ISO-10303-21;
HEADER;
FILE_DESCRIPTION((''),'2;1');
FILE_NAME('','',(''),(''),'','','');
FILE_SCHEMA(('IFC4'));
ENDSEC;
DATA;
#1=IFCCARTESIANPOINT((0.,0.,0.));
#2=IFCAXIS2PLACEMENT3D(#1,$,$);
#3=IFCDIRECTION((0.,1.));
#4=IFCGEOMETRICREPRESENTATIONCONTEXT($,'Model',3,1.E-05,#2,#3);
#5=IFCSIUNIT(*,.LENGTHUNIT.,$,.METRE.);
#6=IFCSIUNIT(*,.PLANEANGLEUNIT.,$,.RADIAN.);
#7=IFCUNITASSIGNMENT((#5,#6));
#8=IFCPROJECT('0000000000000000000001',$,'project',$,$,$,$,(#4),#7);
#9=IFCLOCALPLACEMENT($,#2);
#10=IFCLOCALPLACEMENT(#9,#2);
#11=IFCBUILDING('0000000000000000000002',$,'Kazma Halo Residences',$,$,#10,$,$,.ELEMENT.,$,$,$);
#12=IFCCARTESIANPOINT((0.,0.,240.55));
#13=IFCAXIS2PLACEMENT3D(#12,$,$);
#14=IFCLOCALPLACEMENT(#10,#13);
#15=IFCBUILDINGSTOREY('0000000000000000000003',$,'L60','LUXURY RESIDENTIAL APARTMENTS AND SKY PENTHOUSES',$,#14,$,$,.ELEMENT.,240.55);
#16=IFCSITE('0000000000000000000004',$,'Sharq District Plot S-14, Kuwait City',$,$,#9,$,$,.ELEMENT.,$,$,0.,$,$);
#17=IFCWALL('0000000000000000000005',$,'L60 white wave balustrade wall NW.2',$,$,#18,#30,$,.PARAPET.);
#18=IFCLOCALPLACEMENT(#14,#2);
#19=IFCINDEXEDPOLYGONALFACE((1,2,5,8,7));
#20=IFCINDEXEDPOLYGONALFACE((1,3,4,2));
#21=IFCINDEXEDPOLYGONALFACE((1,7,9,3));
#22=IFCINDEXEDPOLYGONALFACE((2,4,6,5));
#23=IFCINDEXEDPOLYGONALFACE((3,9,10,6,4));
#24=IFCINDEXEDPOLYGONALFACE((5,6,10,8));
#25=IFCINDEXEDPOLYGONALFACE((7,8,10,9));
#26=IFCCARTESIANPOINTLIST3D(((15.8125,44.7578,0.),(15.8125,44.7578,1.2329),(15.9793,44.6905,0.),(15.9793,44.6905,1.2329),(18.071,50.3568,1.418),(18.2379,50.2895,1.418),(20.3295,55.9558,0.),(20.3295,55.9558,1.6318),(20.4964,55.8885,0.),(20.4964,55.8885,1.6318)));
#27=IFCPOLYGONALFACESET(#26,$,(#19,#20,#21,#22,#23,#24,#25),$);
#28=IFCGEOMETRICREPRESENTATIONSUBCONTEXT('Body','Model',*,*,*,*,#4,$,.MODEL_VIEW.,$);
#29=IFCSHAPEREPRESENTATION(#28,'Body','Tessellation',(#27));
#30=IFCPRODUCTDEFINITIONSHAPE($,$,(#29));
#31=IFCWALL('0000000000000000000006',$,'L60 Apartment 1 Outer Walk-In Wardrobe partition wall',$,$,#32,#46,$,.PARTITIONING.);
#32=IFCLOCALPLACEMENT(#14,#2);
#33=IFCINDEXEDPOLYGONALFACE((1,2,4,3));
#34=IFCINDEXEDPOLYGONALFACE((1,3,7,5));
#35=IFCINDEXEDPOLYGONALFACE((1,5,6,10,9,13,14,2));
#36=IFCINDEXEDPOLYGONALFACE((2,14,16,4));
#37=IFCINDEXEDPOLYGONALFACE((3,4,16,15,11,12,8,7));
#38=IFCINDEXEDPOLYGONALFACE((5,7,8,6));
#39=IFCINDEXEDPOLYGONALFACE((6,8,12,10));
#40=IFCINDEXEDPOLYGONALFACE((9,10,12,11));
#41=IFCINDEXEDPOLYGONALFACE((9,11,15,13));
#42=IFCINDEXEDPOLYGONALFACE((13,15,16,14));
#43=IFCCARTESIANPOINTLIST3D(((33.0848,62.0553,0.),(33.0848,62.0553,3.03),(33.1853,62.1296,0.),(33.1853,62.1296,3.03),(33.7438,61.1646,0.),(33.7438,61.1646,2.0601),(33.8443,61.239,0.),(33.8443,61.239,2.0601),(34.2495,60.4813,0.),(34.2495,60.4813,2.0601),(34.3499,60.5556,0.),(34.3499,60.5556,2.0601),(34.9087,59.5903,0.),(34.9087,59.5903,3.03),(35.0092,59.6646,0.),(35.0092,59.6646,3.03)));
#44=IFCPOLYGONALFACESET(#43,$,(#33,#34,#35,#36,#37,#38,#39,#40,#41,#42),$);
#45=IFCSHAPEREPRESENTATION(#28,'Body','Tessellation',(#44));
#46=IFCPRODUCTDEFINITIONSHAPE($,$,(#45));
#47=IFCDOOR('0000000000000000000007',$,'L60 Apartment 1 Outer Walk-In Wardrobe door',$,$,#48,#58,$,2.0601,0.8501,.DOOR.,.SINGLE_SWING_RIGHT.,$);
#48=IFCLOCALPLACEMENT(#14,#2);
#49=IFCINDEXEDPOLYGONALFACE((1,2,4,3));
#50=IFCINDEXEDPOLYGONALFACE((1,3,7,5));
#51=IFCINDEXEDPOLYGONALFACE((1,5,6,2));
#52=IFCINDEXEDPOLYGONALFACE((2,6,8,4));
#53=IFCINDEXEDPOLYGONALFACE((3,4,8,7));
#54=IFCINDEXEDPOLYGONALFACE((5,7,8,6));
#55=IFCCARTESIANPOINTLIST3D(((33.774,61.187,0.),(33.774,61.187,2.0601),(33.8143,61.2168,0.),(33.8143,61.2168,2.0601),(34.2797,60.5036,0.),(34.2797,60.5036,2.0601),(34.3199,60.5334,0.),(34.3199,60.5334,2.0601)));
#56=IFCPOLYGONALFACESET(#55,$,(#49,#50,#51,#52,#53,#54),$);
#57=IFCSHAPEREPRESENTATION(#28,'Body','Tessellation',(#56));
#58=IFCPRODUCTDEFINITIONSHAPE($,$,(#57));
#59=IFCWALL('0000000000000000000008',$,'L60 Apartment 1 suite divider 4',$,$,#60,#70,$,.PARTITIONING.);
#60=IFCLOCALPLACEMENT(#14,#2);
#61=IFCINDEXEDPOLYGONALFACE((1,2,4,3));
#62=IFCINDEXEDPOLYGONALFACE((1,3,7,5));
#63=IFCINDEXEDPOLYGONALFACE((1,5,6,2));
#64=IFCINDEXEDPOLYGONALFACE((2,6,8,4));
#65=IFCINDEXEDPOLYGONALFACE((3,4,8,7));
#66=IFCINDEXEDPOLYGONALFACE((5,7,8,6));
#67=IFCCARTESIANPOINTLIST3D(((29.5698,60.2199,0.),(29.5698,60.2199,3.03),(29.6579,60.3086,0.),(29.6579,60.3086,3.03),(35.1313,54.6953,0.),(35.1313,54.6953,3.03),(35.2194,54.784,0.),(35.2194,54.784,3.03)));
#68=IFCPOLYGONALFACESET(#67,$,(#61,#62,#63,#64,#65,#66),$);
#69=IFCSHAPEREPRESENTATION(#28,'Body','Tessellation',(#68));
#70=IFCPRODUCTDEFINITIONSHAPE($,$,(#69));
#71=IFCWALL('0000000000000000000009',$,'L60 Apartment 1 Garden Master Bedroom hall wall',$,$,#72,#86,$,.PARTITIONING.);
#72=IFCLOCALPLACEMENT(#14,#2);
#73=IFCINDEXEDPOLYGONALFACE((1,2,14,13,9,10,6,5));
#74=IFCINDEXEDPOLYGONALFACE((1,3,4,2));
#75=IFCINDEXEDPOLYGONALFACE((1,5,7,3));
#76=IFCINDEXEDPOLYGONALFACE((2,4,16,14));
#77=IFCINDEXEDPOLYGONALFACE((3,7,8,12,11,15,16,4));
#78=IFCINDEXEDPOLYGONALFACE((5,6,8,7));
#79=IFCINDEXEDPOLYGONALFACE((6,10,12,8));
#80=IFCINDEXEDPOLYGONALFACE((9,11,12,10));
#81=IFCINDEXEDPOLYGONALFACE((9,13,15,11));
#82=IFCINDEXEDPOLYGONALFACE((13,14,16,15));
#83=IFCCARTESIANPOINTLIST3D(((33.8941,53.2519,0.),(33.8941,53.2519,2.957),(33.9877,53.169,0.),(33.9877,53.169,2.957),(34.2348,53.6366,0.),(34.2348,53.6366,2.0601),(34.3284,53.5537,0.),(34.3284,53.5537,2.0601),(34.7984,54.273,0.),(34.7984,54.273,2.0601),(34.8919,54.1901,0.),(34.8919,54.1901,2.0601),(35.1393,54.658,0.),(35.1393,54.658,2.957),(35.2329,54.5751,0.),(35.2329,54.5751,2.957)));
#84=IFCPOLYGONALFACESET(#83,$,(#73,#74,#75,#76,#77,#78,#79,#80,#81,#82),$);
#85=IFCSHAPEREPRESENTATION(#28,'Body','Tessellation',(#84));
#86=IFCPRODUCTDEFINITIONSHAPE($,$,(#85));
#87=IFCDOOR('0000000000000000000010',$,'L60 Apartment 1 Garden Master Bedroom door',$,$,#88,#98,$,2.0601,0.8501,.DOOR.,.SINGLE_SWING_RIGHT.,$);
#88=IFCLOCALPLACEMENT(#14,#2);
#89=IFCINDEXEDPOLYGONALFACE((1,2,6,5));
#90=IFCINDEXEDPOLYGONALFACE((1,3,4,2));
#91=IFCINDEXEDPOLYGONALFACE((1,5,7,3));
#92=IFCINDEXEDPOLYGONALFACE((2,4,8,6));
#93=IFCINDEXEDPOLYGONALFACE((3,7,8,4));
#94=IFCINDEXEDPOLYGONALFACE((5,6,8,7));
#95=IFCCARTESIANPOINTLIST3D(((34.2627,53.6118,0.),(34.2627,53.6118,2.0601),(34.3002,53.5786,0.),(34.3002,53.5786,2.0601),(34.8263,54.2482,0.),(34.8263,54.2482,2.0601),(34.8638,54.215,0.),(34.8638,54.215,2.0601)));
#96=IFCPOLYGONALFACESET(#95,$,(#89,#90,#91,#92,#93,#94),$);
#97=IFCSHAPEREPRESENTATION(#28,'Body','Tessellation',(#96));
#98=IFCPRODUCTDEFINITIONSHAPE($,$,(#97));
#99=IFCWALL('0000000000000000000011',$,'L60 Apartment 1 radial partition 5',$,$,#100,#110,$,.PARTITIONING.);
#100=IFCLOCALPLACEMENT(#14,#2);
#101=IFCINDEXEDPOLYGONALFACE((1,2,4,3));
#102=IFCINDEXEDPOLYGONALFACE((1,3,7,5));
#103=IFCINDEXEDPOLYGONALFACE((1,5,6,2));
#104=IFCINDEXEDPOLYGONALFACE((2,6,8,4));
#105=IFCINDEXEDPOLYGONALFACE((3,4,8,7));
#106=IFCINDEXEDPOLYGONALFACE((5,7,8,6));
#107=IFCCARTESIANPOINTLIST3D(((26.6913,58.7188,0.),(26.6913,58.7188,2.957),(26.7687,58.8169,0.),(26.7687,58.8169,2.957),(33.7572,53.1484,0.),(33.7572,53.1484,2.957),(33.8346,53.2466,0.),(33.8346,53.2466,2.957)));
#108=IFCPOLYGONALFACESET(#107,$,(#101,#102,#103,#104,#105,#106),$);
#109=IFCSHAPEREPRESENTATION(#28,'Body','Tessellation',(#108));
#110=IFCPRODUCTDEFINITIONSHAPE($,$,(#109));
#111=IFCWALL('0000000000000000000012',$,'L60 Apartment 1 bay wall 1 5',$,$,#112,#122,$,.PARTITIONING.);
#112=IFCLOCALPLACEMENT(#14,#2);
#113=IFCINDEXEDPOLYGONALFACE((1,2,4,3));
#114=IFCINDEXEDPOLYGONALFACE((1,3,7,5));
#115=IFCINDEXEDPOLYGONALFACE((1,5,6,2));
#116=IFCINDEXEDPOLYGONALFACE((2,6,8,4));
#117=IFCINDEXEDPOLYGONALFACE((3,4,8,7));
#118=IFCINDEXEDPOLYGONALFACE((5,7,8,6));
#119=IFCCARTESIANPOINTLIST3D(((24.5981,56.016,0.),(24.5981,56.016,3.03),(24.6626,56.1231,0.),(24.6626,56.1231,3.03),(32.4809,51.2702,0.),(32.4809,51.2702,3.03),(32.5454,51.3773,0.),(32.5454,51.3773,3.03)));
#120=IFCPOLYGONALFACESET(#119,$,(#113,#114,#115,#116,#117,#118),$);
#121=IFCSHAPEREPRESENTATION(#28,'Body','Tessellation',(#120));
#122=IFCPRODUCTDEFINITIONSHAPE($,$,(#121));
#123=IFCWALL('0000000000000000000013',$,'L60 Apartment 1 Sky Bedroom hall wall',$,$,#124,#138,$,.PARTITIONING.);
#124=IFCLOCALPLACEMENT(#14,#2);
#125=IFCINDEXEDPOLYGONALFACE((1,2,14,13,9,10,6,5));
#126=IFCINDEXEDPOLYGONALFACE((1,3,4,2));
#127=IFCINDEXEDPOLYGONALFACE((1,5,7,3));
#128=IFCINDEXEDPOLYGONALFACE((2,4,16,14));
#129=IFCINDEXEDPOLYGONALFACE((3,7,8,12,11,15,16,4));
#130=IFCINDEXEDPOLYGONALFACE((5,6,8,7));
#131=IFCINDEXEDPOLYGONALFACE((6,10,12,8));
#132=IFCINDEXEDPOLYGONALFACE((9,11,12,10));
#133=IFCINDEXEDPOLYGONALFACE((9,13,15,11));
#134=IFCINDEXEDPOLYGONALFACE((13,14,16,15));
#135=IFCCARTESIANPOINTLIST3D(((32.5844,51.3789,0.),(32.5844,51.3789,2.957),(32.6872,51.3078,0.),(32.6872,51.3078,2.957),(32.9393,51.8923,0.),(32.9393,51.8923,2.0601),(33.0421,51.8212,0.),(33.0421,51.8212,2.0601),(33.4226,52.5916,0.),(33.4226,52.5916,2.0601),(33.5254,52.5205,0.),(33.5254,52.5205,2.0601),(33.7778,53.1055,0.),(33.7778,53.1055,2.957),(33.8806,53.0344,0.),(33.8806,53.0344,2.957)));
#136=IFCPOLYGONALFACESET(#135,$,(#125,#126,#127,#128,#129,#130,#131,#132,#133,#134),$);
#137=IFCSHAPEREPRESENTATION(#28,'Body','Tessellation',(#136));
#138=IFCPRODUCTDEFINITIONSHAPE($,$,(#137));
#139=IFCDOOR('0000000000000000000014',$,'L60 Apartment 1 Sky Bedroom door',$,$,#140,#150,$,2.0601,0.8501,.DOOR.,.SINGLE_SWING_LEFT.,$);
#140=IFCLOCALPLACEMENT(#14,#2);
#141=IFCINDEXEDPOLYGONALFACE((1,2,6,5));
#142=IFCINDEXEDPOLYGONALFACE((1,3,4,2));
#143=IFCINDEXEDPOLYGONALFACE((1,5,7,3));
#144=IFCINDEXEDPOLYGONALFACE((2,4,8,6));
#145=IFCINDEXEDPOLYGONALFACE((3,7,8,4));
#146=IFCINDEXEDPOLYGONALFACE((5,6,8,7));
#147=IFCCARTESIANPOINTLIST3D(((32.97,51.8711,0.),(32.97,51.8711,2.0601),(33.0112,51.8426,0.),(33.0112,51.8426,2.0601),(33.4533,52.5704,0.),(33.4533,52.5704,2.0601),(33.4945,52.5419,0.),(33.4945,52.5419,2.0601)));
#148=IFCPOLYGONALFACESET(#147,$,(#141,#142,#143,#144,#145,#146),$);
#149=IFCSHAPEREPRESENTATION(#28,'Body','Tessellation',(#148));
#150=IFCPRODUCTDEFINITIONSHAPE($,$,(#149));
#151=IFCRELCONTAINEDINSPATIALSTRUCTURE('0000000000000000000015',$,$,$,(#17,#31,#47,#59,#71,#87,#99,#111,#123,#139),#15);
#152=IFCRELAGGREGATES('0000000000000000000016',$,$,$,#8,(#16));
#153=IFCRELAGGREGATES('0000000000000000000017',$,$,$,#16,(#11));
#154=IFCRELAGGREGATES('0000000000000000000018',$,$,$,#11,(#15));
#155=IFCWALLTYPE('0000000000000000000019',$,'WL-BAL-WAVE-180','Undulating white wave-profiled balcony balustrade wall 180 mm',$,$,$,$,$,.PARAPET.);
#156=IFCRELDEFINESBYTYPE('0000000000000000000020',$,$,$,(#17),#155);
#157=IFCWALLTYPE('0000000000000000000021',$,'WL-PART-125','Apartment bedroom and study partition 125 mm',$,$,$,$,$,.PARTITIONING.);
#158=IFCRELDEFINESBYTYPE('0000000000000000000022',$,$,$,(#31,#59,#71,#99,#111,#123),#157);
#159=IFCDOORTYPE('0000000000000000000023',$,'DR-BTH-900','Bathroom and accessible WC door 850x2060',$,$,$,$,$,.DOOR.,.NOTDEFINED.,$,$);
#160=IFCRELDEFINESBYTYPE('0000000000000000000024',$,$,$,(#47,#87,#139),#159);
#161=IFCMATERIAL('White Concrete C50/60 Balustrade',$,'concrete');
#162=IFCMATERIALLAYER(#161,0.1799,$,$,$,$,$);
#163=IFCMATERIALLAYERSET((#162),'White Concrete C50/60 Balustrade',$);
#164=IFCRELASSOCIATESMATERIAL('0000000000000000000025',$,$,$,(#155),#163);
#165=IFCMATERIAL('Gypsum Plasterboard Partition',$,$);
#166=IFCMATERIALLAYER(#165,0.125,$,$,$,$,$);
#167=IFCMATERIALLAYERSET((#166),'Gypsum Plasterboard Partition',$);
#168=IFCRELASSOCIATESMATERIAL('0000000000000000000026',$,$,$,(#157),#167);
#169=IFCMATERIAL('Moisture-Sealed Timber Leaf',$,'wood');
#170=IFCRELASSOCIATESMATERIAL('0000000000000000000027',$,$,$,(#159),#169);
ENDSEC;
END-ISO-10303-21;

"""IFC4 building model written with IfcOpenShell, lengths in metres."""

from ifc_helpers import new_model, si_unit, direction, frame, frame_2d, origin, place, context, subcontext, project, spatial, polyline, rectangle, outline, extrude, material, layer, layer_set, type_object, element, fill, save


model = new_model("IFC4")

# Units and contexts
model_context = context("Model", 3, precision=1e-05, world=origin(), true_north=direction((0.0, 1.0)))
body_context = subcontext(model_context, "Body", "Model", "MODEL_VIEW")
ifc_project = project(units=[si_unit("LENGTHUNIT", "METRE"), si_unit("PLANEANGLEUNIT", "RADIAN")], contexts=[model_context])

# Site, building, storey
site_placement = place(None, origin())
site = spatial("IfcSite", under=ifc_project, at=site_placement, Name="Sharq District Plot S-14, Kuwait City", CompositionType="ELEMENT", RefElevation=0.0)
building_placement = place(site_placement, origin())
building = spatial("IfcBuilding", under=site, at=building_placement, Name="Kazma Halo Residences", CompositionType="ELEMENT")
storey_placement = place(building_placement, frame((0.0, 0.0, 240.55)))
storey = spatial("IfcBuildingStorey", under=building, at=storey_placement, Name="L60", Description="LUXURY RESIDENTIAL APARTMENTS AND SKY PENTHOUSES", CompositionType="ELEMENT", Elevation=240.55)

# Wall
ifc_material_1 = material(Name="White Concrete C50/60 Balustrade", Category="concrete")
ifc_layer_1 = layer(ifc_material_1, 0.1799)
ifc_layer_set_1 = layer_set([ifc_layer_1], Name="White Concrete C50/60 Balustrade")
wall_type_1 = type_object("IfcWallType", Name="WL-BAL-WAVE-180", Description="Undulating white wave-profiled balcony balustrade wall 180 mm", PredefinedType="PARAPET", material=ifc_layer_set_1)
wall_1_placement = place(storey_placement, frame((20.4131, 55.9221, 0.0), z_axis=(0.0, 0.0, 1.0), x_axis=(-0.374094, -0.927391, 0.0)))
element("IfcWall", 1, at=wall_1_placement, inside=storey, type_object=wall_type_1, Name="L60 white wave balustrade wall NW.2", PredefinedType="PARAPET", context=body_context, shape_type="SweptSolid", body=[
    extrude(outline(polyline([(0.0, 0.0), (12.0747, 0.0), (12.0747, 1.2329), (6.0374, 1.418), (0.0, 1.6318), (0.0, 0.0)])), frame((0.0, 0.0898, 0.0), z_axis=(0.0, -1.0, 0.0), x_axis=(1.0, 0.0, 0.0)), (0.0, 0.0, 1.0), 0.1799),
])

# Wall, opening, door
ifc_material_2 = material(Name="Gypsum Plasterboard Partition")
ifc_layer_2 = layer(ifc_material_2, 0.125)
ifc_layer_set_2 = layer_set([ifc_layer_2], Name="Gypsum Plasterboard Partition")
wall_type_2 = type_object("IfcWallType", Name="WL-PART-125", Description="Apartment bedroom and study partition 125 mm", PredefinedType="PARTITIONING", material=ifc_layer_set_2)
wall_2_placement = place(storey_placement, frame((34.959, 59.6274, 0.0), z_axis=(0.0, 0.0, 1.0), x_axis=(-0.594803, 0.803872, 0.0)))
wall_2 = element("IfcWall", 2, at=wall_2_placement, inside=storey, type_object=wall_type_2, Name="L60 Apartment 1 Outer Walk-In Wardrobe partition wall", PredefinedType="PARTITIONING", context=body_context, shape_type="SweptSolid", body=[
    extrude(rectangle(XDim=3.0664, YDim=0.125, at=frame_2d((1.5332, 0.0))), origin(), (0.0, 0.0, 1.0), 3.03),
])
opening_1_placement = place(wall_2_placement, frame((1.1084, 0.0, 0.0)))
opening_1 = element("IfcOpeningElement", 3, at=opening_1_placement, cuts=wall_2, PredefinedType="OPENING", context=body_context, shape_type="SweptSolid", body=[
    extrude(rectangle(XDim=0.8501, YDim=2.0601, at=frame_2d((0.425, 1.03))), frame((0.0, 0.0725, 0.0), z_axis=(0.0, -1.0, 0.0), x_axis=(1.0, 0.0, 0.0)), (0.0, 0.0, 1.0), 0.145),
])
ifc_material_3 = material(Name="Moisture-Sealed Timber Leaf", Category="wood")
door_type_1 = type_object("IfcDoorType", Name="DR-BTH-900", Description="Bathroom and accessible WC door 850x2060", OperationType="NOTDEFINED", PredefinedType="DOOR", material=ifc_material_3)
door_1_placement = place(opening_1_placement, origin())
door_1 = element("IfcDoor", 4, at=door_1_placement, inside=storey, type_object=door_type_1, Name="L60 Apartment 1 Outer Walk-In Wardrobe door", OperationType="SINGLE_SWING_RIGHT", OverallHeight=2.0601, OverallWidth=0.8501, PredefinedType="DOOR", context=body_context, shape_type="SweptSolid", body=[
    extrude(rectangle(XDim=0.8501, YDim=2.0601, at=frame_2d((0.425, 1.03))), frame((0.0, 0.0249, 0.0), z_axis=(0.0, -1.0, 0.0), x_axis=(1.0, 0.0, 0.0)), (0.0, 0.0, 1.0), 0.05),
])
fill(opening_1, door_1)

# Wall
wall_3_placement = place(storey_placement, frame((35.1753, 54.7397, 0.0), z_axis=(0.0, 0.0, 1.0), x_axis=(-0.709454, 0.704752, 0.0)))
element("IfcWall", 5, at=wall_3_placement, inside=storey, type_object=wall_type_2, Name="L60 Apartment 1 suite divider 4", PredefinedType="PARTITIONING", context=body_context, shape_type="SweptSolid", body=[
    extrude(rectangle(XDim=7.8391, YDim=0.125, at=frame_2d((3.9194, 0.0))), origin(), (0.0, 0.0, 1.0), 3.03),
])

# Wall, opening, door
wall_4_placement = place(storey_placement, frame((35.186, 54.6165, 0.0), z_axis=(0.0, 0.0, 1.0), x_axis=(-0.662975, -0.748642, 0.0)))
wall_4 = element("IfcWall", 6, at=wall_4_placement, inside=storey, type_object=wall_type_2, Name="L60 Apartment 1 Garden Master Bedroom hall wall", PredefinedType="PARTITIONING", context=body_context, shape_type="SweptSolid", body=[
    extrude(rectangle(XDim=1.8782, YDim=0.125, at=frame_2d((0.939, 0.0))), origin(), (0.0, 0.0, 1.0), 2.957),
])
opening_2_placement = place(wall_4_placement, frame((0.5142, 0.0, 0.0)))
opening_2 = element("IfcOpeningElement", 7, at=opening_2_placement, cuts=wall_4, PredefinedType="OPENING", context=body_context, shape_type="SweptSolid", body=[
    extrude(rectangle(XDim=0.8501, YDim=2.0601, at=frame_2d((0.425, 1.03))), frame((0.0, 0.0725, 0.0), z_axis=(0.0, -1.0, 0.0), x_axis=(1.0, 0.0, 0.0)), (0.0, 0.0, 1.0), 0.145),
])
door_2_placement = place(opening_2_placement, origin())
door_2 = element("IfcDoor", 8, at=door_2_placement, inside=storey, type_object=door_type_1, Name="L60 Apartment 1 Garden Master Bedroom door", OperationType="SINGLE_SWING_RIGHT", OverallHeight=2.0601, OverallWidth=0.8501, PredefinedType="DOOR", context=body_context, shape_type="SweptSolid", body=[
    extrude(rectangle(XDim=0.8501, YDim=2.0601, at=frame_2d((0.425, 1.03))), frame((0.0, 0.0249, 0.0), z_axis=(0.0, -1.0, 0.0), x_axis=(1.0, 0.0, 0.0)), (0.0, 0.0, 1.0), 0.05),
])
fill(opening_2, door_2)

# Walls
wall_5_placement = place(storey_placement, frame((33.7959, 53.1975, 0.0), z_axis=(0.0, 0.0, 1.0), x_axis=(-0.785317, 0.619093, 0.0)))
element("IfcWall", 9, at=wall_5_placement, inside=storey, type_object=wall_type_2, Name="L60 Apartment 1 radial partition 5", PredefinedType="PARTITIONING", context=body_context, shape_type="SweptSolid", body=[
    extrude(rectangle(XDim=8.9976, YDim=0.125, at=frame_2d((4.4988, 0.0))), origin(), (0.0, 0.0, 1.0), 2.957),
])
wall_6_placement = place(storey_placement, frame((32.5132, 51.3237, 0.0), z_axis=(0.0, 0.0, 1.0), x_axis=(-0.856717, 0.515787, 0.0)))
element("IfcWall", 10, at=wall_6_placement, inside=storey, type_object=wall_type_2, Name="L60 Apartment 1 bay wall 1 5", PredefinedType="PARTITIONING", context=body_context, shape_type="SweptSolid", body=[
    extrude(rectangle(XDim=9.2012, YDim=0.125, at=frame_2d((4.6006, 0.0))), origin(), (0.0, 0.0, 1.0), 3.03),
])

# Wall, opening, door
wall_7_placement = place(storey_placement, frame((33.8291, 53.0698, 0.0), z_axis=(0.0, 0.0, 1.0), x_axis=(-0.568581, -0.822627, 0.0)))
wall_7 = element("IfcWall", 11, at=wall_7_placement, inside=storey, type_object=wall_type_2, Name="L60 Apartment 1 Sky Bedroom hall wall", PredefinedType="PARTITIONING", context=body_context, shape_type="SweptSolid", body=[
    extrude(rectangle(XDim=2.0989, YDim=0.125, at=frame_2d((1.0493, 0.0))), origin(), (0.0, 0.0, 1.0), 2.957),
])
opening_3_placement = place(wall_7_placement, frame((0.6245, 0.0, 0.0)))
opening_3 = element("IfcOpeningElement", 12, at=opening_3_placement, cuts=wall_7, PredefinedType="OPENING", context=body_context, shape_type="SweptSolid", body=[
    extrude(rectangle(XDim=0.8501, YDim=2.0601, at=frame_2d((0.425, 1.03))), frame((0.0, 0.0725, 0.0), z_axis=(0.0, -1.0, 0.0), x_axis=(1.0, 0.0, 0.0)), (0.0, 0.0, 1.0), 0.145),
])
door_3_placement = place(opening_3_placement, origin())
door_3 = element("IfcDoor", 13, at=door_3_placement, inside=storey, type_object=door_type_1, Name="L60 Apartment 1 Sky Bedroom door", OperationType="SINGLE_SWING_LEFT", OverallHeight=2.0601, OverallWidth=0.8501, PredefinedType="DOOR", context=body_context, shape_type="SweptSolid", body=[
    extrude(rectangle(XDim=0.8501, YDim=2.0601, at=frame_2d((0.425, 1.03))), frame((0.0, 0.0249, 0.0), z_axis=(0.0, -1.0, 0.0), x_axis=(1.0, 0.0, 0.0)), (0.0, 0.0, 1.0), 0.05),
])
fill(opening_3, door_3)

save(model, "model.ifc")
